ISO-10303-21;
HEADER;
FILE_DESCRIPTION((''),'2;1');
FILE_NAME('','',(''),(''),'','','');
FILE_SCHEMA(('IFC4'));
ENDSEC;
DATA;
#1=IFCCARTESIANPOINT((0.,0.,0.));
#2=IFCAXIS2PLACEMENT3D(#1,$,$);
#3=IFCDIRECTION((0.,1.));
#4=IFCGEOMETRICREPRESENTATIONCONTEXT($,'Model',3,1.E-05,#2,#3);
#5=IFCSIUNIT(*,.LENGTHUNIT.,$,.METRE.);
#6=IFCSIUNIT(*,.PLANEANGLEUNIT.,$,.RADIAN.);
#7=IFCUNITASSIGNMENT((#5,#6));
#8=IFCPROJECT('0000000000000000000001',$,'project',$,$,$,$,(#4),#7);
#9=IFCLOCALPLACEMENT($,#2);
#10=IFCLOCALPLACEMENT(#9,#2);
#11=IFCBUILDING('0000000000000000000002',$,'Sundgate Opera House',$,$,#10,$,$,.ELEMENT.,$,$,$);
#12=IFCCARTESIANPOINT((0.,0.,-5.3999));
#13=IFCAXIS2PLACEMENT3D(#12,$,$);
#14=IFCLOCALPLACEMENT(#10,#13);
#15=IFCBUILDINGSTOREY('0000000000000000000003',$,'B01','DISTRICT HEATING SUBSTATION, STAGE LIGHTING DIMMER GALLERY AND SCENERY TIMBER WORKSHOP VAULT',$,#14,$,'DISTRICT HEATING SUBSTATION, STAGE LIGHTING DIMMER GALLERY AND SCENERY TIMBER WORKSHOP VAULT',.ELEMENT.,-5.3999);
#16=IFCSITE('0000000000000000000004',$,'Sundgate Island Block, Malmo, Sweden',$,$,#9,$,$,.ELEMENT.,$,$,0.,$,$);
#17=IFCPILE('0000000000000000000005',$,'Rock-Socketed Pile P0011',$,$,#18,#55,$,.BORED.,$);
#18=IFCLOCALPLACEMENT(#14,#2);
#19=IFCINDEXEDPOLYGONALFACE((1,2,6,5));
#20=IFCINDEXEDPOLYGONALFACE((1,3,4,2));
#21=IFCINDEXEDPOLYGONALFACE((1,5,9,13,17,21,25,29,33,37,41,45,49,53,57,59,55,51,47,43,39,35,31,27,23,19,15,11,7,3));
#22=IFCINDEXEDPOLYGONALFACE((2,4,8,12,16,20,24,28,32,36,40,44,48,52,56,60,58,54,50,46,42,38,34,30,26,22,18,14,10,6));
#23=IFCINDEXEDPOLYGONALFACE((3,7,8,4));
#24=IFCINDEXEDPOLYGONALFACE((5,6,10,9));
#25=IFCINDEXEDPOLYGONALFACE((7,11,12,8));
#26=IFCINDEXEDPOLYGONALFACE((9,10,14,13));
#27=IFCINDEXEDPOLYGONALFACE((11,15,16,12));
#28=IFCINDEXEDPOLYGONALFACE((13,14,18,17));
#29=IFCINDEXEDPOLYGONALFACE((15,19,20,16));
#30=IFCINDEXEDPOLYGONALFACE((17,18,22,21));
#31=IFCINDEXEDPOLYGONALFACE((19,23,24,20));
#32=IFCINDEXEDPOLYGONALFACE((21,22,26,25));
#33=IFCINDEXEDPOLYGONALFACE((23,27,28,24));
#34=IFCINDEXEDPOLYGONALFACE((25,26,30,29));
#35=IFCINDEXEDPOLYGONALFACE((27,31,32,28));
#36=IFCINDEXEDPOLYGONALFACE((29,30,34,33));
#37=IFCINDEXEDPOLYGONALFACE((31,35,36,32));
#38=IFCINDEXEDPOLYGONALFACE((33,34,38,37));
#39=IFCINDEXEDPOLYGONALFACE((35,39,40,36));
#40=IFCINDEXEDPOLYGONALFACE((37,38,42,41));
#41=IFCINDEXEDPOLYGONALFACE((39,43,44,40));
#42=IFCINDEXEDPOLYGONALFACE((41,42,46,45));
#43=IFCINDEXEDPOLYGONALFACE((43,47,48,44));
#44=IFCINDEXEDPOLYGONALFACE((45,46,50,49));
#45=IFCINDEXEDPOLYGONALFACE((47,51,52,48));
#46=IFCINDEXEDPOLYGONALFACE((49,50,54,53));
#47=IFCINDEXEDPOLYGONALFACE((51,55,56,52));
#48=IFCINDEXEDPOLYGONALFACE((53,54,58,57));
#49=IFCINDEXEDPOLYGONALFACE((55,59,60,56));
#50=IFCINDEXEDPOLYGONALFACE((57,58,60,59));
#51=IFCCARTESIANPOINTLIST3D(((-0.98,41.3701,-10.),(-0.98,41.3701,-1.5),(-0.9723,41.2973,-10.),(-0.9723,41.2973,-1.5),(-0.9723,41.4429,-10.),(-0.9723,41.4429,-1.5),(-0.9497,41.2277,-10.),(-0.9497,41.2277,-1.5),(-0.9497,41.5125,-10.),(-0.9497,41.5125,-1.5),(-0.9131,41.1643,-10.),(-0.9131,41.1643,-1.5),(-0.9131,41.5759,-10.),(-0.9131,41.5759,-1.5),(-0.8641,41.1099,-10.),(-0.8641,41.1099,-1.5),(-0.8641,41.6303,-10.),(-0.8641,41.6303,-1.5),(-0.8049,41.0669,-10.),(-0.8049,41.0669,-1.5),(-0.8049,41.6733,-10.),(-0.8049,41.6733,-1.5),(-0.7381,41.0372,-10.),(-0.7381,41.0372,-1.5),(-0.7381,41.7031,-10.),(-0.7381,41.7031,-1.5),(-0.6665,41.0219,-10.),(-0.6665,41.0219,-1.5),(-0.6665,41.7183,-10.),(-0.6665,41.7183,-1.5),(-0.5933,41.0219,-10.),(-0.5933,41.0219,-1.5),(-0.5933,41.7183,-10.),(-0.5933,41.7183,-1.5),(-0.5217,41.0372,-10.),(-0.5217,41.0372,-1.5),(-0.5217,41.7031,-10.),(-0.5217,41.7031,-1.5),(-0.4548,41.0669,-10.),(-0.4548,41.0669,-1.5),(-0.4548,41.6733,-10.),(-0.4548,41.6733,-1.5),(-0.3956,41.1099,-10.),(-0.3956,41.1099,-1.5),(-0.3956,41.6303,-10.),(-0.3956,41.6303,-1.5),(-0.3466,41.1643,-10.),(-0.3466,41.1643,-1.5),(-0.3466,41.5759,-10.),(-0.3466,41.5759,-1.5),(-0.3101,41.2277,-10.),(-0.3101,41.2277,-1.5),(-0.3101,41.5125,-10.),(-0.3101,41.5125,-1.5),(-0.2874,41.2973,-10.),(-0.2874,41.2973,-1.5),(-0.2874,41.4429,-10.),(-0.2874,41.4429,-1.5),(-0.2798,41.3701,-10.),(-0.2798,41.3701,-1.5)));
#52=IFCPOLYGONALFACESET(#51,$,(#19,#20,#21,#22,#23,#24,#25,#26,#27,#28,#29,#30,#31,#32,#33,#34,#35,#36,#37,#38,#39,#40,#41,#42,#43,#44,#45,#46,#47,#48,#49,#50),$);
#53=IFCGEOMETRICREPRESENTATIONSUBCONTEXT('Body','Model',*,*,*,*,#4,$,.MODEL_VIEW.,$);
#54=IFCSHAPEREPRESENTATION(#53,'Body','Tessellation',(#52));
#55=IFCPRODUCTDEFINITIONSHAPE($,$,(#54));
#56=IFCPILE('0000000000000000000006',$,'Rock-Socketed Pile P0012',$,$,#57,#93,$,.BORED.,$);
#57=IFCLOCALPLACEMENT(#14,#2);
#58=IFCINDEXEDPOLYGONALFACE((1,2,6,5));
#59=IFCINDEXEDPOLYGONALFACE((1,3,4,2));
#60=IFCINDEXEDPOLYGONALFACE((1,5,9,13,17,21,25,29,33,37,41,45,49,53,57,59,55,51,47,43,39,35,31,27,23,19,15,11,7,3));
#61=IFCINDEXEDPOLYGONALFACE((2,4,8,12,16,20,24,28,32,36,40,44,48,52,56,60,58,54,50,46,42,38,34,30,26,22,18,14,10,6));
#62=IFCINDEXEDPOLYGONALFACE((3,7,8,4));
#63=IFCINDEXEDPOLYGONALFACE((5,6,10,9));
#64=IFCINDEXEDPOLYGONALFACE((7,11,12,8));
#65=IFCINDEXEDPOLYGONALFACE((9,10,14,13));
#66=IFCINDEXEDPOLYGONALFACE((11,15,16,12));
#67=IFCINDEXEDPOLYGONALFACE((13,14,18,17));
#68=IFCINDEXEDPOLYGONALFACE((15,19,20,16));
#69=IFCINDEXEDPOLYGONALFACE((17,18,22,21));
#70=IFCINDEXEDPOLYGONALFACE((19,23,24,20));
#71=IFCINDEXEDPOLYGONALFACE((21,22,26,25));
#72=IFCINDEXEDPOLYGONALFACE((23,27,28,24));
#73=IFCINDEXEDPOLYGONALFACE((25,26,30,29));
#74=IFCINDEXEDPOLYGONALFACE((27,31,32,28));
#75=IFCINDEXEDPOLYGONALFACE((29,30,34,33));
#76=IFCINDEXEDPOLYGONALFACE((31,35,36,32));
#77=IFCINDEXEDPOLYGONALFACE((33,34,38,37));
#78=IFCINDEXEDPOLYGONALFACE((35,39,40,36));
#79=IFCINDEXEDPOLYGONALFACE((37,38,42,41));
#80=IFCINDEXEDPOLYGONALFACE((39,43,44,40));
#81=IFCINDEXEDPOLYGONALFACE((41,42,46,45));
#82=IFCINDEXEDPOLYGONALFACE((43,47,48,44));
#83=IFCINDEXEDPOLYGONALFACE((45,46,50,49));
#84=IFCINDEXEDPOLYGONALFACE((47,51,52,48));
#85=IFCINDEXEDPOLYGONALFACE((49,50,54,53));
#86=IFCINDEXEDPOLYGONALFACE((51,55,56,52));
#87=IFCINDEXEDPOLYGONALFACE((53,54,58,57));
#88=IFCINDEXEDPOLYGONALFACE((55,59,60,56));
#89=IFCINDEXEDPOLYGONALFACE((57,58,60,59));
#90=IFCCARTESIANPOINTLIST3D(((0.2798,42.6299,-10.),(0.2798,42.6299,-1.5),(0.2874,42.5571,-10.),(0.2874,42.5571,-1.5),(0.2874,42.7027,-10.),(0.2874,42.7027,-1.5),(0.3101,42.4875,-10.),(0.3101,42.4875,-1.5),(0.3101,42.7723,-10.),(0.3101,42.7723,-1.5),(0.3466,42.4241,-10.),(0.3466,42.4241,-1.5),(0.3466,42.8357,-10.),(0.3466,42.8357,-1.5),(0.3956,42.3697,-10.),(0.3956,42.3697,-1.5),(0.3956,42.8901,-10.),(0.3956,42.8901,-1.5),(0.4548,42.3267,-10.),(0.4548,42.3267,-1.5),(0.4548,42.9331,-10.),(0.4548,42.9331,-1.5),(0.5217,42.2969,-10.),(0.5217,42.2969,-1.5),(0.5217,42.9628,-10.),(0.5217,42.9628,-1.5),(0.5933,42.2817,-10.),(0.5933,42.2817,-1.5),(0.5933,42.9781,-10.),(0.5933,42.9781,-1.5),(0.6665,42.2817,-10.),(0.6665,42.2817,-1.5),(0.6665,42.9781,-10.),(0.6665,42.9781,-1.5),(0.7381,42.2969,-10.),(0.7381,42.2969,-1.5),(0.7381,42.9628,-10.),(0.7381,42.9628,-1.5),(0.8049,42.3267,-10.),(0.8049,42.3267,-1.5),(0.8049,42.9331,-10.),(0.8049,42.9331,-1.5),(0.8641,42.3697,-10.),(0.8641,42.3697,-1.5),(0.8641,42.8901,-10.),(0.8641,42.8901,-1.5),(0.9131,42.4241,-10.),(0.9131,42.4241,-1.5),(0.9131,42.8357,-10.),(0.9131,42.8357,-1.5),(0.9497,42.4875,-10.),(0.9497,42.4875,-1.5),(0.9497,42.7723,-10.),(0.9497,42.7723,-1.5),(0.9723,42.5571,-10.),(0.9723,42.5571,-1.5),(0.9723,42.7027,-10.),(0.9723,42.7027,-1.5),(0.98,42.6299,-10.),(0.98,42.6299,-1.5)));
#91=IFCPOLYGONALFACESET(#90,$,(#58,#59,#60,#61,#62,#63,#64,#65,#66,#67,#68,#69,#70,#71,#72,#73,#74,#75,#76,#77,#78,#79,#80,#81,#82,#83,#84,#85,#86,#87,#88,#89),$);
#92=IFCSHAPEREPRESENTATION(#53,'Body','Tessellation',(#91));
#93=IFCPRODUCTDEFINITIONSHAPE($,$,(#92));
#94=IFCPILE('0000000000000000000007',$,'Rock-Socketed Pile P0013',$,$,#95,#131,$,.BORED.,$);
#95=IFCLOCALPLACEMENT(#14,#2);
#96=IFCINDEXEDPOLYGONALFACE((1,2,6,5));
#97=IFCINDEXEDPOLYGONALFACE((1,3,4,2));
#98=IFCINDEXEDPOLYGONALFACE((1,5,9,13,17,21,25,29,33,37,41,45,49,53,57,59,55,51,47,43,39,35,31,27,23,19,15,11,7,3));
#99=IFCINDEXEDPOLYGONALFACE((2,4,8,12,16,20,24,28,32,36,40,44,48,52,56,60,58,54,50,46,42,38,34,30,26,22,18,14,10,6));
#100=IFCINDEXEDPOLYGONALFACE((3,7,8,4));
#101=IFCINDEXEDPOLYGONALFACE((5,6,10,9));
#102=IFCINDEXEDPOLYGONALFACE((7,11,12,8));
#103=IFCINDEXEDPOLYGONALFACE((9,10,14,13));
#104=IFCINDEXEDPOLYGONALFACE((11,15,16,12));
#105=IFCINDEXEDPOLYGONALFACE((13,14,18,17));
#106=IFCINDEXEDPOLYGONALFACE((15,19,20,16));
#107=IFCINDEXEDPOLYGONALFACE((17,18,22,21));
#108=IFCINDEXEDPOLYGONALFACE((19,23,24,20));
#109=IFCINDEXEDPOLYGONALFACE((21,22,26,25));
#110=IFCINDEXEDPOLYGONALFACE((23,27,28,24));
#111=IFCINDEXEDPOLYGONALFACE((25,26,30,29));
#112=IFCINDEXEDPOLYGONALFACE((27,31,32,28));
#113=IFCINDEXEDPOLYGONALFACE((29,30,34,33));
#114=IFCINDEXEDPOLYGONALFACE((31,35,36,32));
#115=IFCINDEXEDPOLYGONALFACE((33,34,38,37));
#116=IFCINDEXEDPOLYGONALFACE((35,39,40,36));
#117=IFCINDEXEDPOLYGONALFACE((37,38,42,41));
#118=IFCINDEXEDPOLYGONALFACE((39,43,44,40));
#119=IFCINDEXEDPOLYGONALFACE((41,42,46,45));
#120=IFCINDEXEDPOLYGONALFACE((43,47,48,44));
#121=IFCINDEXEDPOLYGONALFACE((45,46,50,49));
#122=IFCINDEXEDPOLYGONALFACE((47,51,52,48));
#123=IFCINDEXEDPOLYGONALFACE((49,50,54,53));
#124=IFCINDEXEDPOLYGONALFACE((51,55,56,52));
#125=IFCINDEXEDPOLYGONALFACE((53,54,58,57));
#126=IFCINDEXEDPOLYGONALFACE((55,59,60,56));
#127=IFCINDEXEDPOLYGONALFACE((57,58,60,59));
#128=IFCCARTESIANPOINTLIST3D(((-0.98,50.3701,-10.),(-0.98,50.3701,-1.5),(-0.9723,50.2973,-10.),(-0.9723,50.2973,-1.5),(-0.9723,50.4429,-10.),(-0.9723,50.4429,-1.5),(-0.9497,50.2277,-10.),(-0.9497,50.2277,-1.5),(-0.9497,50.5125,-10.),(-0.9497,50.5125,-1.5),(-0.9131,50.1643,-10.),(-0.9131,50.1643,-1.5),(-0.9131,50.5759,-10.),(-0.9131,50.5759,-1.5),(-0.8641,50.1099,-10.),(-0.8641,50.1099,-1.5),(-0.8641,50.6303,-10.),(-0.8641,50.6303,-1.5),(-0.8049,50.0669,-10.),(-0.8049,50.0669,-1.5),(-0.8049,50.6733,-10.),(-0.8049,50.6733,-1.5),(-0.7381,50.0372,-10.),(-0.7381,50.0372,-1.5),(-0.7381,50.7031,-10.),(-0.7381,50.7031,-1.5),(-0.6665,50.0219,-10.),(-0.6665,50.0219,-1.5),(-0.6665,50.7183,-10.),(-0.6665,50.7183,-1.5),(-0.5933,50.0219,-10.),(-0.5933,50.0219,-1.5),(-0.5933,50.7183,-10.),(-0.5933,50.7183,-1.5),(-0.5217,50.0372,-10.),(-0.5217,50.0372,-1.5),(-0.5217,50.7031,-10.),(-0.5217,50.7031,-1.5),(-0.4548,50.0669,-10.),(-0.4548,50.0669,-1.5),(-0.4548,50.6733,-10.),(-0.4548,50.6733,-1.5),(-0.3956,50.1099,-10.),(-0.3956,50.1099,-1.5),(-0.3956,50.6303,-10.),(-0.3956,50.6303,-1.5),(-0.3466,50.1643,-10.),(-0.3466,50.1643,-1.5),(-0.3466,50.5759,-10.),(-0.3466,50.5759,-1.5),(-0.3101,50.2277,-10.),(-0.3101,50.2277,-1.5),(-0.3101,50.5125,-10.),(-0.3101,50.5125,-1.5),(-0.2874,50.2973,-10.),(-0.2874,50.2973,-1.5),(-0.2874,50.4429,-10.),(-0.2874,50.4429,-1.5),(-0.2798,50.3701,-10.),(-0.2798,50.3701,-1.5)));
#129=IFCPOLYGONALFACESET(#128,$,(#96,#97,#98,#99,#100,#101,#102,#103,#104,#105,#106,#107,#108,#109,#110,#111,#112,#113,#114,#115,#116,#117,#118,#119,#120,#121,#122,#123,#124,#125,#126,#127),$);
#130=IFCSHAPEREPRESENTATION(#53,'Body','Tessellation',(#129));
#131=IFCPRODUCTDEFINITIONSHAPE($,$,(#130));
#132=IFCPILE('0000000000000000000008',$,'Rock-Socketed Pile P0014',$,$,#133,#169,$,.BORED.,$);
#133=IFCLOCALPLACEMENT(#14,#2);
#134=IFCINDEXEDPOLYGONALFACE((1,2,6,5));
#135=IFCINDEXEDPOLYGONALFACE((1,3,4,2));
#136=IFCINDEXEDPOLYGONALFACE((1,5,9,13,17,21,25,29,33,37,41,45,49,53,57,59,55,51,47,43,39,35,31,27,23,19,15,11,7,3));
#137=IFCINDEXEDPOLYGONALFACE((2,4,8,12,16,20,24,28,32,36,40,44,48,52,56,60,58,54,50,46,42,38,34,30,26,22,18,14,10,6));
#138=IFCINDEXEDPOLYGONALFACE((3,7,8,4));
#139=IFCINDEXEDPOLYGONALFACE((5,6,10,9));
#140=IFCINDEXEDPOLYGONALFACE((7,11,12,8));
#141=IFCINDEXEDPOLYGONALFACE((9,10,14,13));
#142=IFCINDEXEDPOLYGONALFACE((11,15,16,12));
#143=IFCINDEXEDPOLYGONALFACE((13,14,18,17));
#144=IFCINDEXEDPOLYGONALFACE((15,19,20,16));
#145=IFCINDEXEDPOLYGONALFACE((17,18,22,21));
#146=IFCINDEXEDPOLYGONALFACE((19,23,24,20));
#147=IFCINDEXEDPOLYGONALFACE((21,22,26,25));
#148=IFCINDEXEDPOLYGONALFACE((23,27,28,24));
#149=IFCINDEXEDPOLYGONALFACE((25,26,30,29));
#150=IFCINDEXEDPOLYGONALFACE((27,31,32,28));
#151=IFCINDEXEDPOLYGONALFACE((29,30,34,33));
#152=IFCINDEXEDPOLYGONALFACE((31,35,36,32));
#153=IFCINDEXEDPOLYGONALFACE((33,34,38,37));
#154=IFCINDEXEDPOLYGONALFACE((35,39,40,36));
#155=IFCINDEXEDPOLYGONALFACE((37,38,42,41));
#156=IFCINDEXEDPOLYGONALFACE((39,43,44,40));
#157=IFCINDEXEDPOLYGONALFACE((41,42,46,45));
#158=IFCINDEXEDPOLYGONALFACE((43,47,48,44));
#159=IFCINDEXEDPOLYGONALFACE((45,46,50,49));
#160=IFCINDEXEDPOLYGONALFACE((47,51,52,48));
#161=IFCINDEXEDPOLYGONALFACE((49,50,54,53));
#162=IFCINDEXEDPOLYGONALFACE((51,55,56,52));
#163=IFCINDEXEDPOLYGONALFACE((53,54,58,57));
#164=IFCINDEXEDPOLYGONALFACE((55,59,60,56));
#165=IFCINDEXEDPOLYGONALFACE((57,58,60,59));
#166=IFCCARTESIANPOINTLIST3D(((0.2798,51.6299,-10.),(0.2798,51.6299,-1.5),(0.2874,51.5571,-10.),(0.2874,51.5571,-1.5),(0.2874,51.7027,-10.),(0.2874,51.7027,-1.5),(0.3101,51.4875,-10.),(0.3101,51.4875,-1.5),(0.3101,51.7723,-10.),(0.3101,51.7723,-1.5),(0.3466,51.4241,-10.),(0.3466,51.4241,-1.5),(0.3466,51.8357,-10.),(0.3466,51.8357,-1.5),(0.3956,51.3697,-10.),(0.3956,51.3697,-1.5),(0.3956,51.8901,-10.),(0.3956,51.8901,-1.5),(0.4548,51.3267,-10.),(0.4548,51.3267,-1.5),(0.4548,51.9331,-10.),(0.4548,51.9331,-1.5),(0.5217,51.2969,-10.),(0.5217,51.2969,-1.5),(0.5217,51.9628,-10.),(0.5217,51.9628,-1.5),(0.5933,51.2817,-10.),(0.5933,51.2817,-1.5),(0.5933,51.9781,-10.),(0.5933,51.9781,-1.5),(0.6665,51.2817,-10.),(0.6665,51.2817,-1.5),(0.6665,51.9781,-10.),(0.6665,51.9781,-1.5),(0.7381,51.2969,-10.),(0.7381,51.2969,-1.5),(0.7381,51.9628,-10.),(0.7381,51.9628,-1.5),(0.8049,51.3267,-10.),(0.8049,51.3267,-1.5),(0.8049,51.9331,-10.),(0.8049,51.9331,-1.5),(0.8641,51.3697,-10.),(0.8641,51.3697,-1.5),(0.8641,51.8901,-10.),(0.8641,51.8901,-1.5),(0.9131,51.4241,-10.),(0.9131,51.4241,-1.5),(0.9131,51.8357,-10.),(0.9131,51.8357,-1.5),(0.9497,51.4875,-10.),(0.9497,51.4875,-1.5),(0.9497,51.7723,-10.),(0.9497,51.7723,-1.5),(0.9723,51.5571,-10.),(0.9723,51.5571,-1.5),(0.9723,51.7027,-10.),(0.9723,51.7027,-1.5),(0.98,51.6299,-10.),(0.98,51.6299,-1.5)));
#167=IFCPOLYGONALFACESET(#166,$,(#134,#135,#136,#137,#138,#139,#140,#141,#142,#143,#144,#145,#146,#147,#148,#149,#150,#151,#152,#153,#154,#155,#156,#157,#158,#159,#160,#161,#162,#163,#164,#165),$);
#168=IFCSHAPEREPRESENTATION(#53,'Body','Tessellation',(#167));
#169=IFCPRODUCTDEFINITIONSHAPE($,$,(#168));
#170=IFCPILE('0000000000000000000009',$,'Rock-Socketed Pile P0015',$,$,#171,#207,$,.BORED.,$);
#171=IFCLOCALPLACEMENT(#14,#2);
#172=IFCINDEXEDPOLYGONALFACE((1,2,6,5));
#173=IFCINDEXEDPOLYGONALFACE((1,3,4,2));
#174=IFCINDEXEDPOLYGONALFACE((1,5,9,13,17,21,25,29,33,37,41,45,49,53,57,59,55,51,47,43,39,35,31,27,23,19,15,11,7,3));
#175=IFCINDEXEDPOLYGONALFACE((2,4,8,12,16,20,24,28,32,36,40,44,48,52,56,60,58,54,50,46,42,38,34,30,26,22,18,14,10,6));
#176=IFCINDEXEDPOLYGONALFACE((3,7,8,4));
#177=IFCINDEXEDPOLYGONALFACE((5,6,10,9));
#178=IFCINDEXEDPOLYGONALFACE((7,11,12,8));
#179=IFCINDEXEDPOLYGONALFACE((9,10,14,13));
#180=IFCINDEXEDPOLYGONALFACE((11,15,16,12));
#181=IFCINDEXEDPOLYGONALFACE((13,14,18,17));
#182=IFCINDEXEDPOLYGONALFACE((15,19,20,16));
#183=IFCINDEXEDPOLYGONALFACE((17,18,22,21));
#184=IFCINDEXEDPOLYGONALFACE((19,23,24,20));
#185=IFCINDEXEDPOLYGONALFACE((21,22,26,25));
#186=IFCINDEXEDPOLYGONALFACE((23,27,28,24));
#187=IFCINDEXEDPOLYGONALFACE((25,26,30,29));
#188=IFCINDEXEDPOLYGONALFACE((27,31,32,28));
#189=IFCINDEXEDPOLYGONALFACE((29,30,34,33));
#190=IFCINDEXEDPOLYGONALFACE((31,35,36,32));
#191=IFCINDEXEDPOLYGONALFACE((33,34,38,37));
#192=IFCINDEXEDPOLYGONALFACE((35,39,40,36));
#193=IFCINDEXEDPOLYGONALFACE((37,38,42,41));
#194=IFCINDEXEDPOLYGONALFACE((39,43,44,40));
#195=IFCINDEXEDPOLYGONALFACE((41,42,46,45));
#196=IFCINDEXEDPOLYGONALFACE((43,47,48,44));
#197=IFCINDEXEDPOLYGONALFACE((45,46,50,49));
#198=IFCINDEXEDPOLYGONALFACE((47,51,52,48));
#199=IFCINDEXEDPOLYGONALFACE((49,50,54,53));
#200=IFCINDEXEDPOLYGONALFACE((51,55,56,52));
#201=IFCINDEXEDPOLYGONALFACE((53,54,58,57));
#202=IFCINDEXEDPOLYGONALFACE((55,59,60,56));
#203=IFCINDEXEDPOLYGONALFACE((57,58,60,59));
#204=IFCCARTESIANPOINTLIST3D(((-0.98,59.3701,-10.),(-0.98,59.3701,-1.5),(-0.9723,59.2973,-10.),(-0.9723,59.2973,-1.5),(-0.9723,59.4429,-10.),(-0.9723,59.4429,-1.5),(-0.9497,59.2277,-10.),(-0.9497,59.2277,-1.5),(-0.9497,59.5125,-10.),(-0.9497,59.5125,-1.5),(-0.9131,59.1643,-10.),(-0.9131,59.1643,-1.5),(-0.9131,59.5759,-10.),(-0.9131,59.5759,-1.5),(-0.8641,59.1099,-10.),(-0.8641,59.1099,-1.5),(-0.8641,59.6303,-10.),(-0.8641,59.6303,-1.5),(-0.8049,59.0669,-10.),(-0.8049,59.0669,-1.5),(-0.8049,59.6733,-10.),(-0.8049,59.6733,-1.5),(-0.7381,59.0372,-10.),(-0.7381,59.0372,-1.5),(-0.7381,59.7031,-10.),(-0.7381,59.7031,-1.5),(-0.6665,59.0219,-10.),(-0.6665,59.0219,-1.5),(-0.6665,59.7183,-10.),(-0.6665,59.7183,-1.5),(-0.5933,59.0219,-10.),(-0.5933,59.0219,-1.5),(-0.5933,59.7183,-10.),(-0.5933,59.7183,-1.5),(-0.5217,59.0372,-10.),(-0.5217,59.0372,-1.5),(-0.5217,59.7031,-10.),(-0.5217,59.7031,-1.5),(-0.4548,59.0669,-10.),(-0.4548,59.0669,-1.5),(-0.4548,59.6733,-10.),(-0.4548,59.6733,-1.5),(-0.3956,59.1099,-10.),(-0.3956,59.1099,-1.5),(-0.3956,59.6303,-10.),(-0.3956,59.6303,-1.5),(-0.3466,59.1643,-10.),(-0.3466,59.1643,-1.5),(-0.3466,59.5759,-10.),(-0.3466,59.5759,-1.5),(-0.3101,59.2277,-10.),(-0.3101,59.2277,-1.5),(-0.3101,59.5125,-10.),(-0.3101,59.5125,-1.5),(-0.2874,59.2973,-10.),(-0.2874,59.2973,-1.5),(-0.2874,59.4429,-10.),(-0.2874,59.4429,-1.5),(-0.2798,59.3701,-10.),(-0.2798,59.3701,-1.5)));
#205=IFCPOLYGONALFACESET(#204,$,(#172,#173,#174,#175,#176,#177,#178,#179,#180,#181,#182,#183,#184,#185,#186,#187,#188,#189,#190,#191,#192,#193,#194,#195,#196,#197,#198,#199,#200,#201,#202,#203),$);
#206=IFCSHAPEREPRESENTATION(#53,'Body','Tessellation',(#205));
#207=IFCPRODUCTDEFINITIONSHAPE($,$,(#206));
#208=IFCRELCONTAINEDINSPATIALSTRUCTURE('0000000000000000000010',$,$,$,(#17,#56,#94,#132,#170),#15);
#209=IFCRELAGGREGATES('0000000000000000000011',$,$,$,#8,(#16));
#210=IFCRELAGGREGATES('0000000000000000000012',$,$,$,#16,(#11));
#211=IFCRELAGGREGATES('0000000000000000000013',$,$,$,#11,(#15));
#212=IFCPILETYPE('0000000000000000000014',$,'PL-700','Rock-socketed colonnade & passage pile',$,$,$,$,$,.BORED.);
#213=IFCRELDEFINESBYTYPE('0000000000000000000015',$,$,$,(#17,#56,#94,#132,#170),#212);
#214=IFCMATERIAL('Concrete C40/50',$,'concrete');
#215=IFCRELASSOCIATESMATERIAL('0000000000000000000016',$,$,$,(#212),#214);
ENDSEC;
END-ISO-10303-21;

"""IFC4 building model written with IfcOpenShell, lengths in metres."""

from ifc_helpers import new_model, si_unit, direction, frame, origin, origin_2d, place, context, subcontext, project, spatial, circle, extrude, material, material_profile, profile_set, type_object, element, save


model = new_model("IFC4")

# Units and contexts
model_context = context("Model", 3, precision=1e-05, world=origin(), true_north=direction((0.0, 1.0)))
body_context = subcontext(model_context, "Body", "Model", "MODEL_VIEW")
ifc_project = project(units=[si_unit("LENGTHUNIT", "METRE"), si_unit("PLANEANGLEUNIT", "RADIAN")], contexts=[model_context])

# Site, building, storey
site_placement = place(None, origin())
site = spatial("IfcSite", under=ifc_project, at=site_placement, Name="Sundgate Island Block, Malmo, Sweden", CompositionType="ELEMENT", RefElevation=0.0)
building_placement = place(site_placement, origin())
building = spatial("IfcBuilding", under=site, at=building_placement, Name="Sundgate Opera House", CompositionType="ELEMENT")
storey_placement = place(building_placement, frame((0.0, 0.0, -5.3999)))
storey = spatial("IfcBuildingStorey", under=building, at=storey_placement, Name="B01", Description="DISTRICT HEATING SUBSTATION, STAGE LIGHTING DIMMER GALLERY AND SCENERY TIMBER WORKSHOP VAULT", LongName="DISTRICT HEATING SUBSTATION, STAGE LIGHTING DIMMER GALLERY AND SCENERY TIMBER WORKSHOP VAULT", CompositionType="ELEMENT", Elevation=-5.3999)

# Piles
ifc_material_1 = material(Name="Concrete C40/50", Category="concrete")
ifc_material_profile_1 = material_profile(ifc_material_1, circle(Radius=0.3501, at=origin_2d()), Name="PILE D700")
ifc_profile_set_1 = profile_set([ifc_material_profile_1], Name="Concrete C40/50")
pile_type = type_object("IfcPileType", Name="PL-700", Description="Rock-socketed colonnade & passage pile", PredefinedType="BORED", material=ifc_profile_set_1)
for number, where, z_axis, x_axis, name in (
    (1, (-0.6299, 41.3701, -1.5), (0.0, 0.0, -1.0), (1.0, 0.0, 0.0), "Rock-Socketed Pile P0011"),
    (2, (0.6299, 42.6299, -1.5), (0.0, 0.0, -1.0), (1.0, 0.0, 0.0), "Rock-Socketed Pile P0012"),
    (3, (-0.6299, 50.3701, -1.5), (0.0, 0.0, -1.0), (1.0, 0.0, 0.0), "Rock-Socketed Pile P0013"),
    (4, (0.6299, 51.6299, -1.5), (0.0, 0.0, -1.0), (1.0, 0.0, 0.0), "Rock-Socketed Pile P0014"),
    (5, (-0.6299, 59.3701, -1.5), (0.0, 0.0, -1.0), (1.0, 0.0, 0.0), "Rock-Socketed Pile P0015"),
):
    element("IfcPile", number, at=place(storey_placement, frame(where, z_axis=z_axis, x_axis=x_axis)), inside=storey, type_object=pile_type, Name=name, PredefinedType="BORED", context=body_context, shape_type="SweptSolid", body=[
        extrude(circle(Radius=0.3501, at=origin_2d()), origin(), (0.0, 0.0, 1.0), 8.5),
    ])

save(model, "model.ifc")
